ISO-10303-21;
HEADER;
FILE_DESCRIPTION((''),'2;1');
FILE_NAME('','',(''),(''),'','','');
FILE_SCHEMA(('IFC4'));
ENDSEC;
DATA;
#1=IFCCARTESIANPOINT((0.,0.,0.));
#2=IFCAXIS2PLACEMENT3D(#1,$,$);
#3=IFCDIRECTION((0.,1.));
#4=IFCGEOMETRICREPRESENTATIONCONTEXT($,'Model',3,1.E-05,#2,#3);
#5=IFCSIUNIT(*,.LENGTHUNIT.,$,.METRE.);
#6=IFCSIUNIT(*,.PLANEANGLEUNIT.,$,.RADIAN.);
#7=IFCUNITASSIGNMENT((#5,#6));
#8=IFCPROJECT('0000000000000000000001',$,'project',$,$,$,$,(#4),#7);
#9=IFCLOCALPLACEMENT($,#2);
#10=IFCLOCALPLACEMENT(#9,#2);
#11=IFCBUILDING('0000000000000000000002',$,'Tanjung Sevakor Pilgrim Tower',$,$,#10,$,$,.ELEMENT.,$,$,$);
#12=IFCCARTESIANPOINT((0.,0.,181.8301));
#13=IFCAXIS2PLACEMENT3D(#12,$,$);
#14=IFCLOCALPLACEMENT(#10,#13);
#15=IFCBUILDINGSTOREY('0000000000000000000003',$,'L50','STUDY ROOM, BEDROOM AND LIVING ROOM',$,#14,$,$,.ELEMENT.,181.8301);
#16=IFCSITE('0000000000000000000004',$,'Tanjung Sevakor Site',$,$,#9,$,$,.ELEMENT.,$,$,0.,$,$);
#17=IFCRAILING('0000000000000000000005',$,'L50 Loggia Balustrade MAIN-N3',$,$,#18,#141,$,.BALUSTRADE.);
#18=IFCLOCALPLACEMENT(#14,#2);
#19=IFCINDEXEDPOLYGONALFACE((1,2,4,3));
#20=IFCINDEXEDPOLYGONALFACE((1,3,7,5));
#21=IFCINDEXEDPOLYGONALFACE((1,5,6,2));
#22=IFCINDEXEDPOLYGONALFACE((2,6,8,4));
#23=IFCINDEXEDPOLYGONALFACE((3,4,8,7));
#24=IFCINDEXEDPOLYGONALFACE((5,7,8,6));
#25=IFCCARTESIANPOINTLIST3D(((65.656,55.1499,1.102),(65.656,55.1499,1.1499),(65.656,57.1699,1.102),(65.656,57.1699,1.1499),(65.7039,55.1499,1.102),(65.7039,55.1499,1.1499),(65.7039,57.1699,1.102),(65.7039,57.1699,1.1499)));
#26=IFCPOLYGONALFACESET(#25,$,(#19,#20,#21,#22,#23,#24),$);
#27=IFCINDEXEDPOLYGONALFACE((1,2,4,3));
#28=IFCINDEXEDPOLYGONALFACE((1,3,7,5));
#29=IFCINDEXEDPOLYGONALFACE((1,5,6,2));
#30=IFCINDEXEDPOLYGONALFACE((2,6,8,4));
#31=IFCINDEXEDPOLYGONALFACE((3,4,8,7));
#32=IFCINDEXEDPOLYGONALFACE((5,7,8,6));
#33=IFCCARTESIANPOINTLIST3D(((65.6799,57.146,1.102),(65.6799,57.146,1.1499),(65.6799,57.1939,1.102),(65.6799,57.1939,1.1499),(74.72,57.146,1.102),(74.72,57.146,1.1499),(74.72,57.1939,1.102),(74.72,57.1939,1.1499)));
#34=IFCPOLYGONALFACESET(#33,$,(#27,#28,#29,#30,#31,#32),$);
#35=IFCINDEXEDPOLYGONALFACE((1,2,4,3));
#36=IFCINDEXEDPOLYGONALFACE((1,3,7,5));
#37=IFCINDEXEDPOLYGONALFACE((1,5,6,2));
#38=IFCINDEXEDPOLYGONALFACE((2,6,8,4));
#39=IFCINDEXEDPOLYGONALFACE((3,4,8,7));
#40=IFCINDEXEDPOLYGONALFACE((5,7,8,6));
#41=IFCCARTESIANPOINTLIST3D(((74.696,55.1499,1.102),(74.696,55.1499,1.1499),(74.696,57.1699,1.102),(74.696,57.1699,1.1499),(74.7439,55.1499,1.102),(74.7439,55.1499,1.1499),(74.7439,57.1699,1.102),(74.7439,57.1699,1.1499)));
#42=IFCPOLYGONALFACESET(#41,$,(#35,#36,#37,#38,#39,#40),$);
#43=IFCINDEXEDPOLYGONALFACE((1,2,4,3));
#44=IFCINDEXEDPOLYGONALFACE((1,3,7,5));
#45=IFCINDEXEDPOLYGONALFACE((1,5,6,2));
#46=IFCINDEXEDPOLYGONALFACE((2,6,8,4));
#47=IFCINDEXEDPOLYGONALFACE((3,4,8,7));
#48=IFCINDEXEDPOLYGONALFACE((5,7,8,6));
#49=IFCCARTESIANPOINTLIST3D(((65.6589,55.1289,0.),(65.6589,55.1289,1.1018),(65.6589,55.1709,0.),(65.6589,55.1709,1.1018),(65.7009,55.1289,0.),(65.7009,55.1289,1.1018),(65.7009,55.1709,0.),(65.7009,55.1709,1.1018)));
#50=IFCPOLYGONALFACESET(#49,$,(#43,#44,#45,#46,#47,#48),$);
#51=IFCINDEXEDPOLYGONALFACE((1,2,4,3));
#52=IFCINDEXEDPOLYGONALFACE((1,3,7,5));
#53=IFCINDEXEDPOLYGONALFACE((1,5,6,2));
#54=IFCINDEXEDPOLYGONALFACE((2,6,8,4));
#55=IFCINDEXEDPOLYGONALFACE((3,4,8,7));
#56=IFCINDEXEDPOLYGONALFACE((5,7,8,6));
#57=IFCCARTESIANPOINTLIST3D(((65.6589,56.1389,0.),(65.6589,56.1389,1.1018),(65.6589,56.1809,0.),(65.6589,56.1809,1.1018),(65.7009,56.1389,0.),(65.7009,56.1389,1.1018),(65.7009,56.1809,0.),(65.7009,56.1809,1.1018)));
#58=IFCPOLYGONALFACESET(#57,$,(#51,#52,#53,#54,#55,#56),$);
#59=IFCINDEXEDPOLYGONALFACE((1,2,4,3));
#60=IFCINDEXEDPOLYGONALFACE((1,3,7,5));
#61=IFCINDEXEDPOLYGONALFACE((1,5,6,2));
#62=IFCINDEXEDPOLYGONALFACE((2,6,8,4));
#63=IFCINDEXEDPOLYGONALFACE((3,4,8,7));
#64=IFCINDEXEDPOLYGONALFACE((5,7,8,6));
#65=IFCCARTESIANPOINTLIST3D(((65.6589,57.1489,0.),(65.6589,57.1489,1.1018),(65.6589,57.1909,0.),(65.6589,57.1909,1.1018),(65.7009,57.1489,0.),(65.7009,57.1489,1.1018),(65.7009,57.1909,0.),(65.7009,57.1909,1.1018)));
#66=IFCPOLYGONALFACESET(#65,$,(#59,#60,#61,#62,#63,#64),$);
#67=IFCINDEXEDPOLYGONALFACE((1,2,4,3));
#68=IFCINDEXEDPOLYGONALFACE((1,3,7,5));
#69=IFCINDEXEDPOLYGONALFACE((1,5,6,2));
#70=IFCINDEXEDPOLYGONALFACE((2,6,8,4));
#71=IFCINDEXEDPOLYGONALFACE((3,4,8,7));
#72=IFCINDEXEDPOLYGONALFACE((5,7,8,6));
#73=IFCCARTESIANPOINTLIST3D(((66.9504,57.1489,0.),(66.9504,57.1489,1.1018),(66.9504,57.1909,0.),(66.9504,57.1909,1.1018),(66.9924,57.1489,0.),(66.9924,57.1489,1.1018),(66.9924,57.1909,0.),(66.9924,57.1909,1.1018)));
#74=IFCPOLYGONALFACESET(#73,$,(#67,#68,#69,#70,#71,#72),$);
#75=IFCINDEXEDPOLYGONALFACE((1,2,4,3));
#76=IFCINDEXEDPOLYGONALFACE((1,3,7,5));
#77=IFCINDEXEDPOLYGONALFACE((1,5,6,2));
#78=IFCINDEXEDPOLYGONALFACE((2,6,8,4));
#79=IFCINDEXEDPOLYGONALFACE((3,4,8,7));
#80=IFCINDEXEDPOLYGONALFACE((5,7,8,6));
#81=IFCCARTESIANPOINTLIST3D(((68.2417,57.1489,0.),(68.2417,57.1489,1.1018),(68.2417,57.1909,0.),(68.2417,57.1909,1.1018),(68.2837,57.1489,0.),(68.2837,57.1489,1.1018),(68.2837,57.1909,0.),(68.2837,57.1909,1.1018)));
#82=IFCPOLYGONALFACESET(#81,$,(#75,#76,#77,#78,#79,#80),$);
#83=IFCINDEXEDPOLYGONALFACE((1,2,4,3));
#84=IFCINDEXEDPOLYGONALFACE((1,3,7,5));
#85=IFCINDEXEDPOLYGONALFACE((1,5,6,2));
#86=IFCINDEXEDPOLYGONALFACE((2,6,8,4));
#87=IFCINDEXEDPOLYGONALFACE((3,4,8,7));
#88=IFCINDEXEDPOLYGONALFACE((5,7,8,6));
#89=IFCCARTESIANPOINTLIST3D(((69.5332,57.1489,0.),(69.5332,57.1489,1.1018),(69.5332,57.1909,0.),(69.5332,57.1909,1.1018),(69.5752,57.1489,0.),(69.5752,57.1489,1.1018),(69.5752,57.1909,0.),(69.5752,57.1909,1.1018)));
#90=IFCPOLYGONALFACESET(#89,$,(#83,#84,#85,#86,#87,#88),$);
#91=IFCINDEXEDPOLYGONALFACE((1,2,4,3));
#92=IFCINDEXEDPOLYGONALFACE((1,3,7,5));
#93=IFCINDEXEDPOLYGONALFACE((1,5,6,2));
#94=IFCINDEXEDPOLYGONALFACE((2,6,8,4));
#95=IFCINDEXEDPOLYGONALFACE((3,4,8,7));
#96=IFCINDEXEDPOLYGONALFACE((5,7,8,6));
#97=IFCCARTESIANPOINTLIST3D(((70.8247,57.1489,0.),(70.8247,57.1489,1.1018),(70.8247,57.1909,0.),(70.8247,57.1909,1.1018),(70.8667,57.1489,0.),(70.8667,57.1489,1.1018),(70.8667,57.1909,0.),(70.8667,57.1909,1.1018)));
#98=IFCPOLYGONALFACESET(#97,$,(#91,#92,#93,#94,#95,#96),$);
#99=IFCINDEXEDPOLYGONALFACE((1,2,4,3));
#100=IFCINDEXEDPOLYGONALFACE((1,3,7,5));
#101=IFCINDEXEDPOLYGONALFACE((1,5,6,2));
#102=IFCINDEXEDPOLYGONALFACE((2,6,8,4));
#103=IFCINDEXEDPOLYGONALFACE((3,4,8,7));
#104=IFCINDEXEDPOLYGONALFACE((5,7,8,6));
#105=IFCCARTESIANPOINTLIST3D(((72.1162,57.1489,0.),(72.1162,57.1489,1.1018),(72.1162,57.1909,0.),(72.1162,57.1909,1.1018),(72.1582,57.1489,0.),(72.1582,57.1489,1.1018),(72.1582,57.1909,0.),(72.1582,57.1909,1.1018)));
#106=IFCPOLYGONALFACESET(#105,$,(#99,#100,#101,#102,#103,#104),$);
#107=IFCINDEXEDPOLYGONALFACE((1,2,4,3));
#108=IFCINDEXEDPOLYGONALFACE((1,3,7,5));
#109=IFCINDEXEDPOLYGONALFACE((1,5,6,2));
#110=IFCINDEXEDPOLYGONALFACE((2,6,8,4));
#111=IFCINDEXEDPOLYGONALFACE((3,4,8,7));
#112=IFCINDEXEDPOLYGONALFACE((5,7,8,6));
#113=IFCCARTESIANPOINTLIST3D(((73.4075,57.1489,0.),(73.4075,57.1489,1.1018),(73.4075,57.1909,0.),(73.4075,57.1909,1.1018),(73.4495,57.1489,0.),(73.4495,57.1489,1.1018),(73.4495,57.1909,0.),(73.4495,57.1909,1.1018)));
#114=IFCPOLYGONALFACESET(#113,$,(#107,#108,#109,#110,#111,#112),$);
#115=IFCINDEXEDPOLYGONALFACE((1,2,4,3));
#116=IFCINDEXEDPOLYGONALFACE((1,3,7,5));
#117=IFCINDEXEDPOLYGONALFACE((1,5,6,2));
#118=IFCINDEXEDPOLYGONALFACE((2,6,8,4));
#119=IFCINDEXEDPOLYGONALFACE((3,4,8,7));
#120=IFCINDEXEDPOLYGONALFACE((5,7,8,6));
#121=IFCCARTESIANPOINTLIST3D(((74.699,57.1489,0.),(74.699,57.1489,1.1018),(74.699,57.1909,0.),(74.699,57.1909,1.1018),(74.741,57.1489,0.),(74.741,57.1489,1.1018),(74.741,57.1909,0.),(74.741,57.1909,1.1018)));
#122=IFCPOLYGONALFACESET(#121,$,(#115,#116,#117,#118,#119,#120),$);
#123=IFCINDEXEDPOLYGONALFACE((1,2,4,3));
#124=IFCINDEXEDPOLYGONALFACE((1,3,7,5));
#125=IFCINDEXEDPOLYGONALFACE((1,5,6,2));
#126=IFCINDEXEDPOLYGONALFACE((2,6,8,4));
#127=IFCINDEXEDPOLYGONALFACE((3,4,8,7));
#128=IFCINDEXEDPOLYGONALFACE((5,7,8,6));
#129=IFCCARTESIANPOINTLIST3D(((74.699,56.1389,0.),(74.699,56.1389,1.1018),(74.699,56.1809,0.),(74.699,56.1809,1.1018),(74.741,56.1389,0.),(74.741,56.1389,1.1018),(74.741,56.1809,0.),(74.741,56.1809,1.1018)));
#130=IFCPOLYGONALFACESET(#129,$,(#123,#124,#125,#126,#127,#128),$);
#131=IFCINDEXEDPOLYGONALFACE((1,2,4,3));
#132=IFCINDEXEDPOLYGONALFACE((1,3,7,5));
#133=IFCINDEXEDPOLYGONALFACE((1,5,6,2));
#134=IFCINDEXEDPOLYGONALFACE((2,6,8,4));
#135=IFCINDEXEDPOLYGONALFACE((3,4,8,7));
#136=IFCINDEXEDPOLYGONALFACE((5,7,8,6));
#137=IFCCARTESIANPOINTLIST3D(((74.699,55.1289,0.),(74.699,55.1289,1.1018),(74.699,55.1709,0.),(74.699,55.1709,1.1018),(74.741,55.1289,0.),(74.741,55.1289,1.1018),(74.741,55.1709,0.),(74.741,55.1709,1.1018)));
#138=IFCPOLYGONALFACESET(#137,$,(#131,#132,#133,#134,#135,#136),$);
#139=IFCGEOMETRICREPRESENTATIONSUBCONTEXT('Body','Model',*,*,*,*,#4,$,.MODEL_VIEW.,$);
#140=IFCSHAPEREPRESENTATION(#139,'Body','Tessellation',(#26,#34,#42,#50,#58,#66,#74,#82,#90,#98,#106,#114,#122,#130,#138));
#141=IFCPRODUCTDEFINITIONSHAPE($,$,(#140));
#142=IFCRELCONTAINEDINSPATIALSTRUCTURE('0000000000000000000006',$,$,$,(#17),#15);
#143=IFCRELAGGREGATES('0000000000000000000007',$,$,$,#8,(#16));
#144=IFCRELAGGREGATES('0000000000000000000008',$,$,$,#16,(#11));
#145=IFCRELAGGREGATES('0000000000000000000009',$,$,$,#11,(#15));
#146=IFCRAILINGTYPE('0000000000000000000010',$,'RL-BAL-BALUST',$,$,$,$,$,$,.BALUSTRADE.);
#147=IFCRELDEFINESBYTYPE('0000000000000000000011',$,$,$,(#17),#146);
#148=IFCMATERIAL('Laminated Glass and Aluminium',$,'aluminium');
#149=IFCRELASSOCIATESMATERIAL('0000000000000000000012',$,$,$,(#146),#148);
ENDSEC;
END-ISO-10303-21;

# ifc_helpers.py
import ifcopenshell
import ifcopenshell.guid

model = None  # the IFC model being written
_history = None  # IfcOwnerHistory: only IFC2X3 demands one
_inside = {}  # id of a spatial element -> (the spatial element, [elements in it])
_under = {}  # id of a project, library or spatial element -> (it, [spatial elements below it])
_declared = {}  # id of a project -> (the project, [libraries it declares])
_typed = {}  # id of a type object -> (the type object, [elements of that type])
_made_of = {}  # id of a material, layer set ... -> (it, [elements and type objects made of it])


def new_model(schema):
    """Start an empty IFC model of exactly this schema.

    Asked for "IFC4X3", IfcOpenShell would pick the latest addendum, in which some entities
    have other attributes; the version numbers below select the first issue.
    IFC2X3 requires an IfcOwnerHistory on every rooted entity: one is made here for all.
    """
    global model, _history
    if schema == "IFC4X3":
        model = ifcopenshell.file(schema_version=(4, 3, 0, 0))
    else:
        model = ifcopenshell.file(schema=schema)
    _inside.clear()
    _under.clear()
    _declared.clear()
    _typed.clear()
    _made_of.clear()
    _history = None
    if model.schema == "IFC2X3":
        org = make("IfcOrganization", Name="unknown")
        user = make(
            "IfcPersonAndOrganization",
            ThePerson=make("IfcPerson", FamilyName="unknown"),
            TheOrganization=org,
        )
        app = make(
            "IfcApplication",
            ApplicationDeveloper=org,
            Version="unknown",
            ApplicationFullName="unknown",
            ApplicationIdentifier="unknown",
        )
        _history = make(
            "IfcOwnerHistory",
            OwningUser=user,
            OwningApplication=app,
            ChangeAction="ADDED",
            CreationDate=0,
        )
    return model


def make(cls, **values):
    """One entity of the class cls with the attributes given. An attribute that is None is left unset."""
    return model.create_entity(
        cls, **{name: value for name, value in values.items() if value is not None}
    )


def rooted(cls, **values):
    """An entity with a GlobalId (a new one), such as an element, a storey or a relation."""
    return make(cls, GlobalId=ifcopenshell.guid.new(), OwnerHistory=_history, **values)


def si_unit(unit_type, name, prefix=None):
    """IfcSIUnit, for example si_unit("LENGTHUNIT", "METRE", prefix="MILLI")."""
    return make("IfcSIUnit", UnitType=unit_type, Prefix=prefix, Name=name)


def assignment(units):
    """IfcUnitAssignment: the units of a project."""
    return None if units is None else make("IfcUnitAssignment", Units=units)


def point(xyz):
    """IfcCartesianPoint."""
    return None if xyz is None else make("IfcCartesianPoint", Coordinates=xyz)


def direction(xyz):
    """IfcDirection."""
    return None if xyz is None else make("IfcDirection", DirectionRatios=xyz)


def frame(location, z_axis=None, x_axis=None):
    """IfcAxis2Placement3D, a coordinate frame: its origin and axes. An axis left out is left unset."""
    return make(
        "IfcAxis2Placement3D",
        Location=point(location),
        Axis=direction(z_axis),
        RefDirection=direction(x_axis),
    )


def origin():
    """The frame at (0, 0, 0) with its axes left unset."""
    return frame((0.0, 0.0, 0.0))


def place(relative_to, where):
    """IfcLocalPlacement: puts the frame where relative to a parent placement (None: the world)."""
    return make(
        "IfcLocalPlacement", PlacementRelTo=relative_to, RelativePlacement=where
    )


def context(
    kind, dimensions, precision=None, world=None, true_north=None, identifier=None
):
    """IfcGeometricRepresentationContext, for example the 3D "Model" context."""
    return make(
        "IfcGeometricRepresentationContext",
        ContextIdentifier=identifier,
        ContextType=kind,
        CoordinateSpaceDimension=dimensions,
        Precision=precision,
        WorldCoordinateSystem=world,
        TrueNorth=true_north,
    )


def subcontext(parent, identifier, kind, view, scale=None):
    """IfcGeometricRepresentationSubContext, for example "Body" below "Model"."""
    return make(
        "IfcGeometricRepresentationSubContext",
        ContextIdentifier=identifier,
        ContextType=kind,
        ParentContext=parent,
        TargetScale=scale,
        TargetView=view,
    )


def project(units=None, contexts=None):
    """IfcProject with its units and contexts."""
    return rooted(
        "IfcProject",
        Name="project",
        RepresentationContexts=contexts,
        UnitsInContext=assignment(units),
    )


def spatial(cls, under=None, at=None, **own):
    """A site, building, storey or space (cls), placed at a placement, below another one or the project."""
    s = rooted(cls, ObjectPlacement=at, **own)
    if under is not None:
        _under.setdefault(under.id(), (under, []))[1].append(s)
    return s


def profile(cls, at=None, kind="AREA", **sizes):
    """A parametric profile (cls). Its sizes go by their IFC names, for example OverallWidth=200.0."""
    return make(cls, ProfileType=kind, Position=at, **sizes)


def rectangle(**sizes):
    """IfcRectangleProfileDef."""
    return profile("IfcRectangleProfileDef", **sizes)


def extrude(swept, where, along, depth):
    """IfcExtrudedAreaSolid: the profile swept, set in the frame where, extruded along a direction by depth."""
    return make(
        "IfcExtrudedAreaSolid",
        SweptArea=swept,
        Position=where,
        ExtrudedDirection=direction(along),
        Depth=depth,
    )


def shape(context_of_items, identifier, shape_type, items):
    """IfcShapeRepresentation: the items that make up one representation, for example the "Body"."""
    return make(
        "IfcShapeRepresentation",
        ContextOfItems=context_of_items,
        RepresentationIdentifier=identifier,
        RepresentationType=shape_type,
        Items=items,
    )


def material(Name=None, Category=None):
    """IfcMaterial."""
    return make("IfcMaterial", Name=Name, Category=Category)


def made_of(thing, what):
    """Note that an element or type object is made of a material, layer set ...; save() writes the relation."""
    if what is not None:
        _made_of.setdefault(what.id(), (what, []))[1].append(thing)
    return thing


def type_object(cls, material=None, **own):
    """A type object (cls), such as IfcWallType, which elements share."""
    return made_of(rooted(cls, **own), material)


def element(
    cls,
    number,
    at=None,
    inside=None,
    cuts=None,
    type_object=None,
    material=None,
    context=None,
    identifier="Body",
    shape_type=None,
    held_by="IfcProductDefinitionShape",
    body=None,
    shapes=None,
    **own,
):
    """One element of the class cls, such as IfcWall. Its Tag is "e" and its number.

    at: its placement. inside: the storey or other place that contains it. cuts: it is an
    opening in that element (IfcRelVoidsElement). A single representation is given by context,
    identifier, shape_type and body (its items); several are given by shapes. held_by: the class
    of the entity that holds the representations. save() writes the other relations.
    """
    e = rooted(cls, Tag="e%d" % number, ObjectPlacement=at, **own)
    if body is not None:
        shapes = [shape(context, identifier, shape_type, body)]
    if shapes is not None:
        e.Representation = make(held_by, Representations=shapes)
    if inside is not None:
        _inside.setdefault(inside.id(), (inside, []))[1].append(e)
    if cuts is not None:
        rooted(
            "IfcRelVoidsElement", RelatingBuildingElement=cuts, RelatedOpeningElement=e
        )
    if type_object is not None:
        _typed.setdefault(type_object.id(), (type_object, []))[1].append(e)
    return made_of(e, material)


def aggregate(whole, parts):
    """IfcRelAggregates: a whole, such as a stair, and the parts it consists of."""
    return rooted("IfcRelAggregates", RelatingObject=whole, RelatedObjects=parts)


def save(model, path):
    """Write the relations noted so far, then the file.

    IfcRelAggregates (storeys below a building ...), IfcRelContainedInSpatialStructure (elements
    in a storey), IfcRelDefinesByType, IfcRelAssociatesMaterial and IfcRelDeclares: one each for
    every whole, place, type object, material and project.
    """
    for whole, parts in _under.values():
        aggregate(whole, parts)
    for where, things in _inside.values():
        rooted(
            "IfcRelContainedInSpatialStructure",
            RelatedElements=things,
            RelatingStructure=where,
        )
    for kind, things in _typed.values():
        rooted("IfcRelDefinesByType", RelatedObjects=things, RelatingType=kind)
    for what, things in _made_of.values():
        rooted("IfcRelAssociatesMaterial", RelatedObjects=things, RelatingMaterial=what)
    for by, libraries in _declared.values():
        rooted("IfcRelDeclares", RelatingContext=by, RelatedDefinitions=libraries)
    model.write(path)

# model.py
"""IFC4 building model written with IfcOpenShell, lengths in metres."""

from ifc_helpers import new_model, si_unit, direction, frame, origin, place, context, subcontext, project, spatial, rectangle, extrude, material, type_object, element, save


model = new_model("IFC4")

# Units and contexts
model_context = context("Model", 3, precision=1e-05, world=origin(), true_north=direction((0.0, 1.0)))
body_context = subcontext(model_context, "Body", "Model", "MODEL_VIEW")
ifc_project = project(units=[si_unit("LENGTHUNIT", "METRE"), si_unit("PLANEANGLEUNIT", "RADIAN")], contexts=[model_context])

# Site, building, storey
site_placement = place(None, origin())
site = spatial("IfcSite", under=ifc_project, at=site_placement, Name="Tanjung Sevakor Site", CompositionType="ELEMENT", RefElevation=0.0)
building_placement = place(site_placement, origin())
building = spatial("IfcBuilding", under=site, at=building_placement, Name="Tanjung Sevakor Pilgrim Tower", CompositionType="ELEMENT")
storey_placement = place(building_placement, frame((0.0, 0.0, 181.8301)))
storey = spatial("IfcBuildingStorey", under=building, at=storey_placement, Name="L50", Description="STUDY ROOM, BEDROOM AND LIVING ROOM", CompositionType="ELEMENT", Elevation=181.8301)

# Railing
ifc_material_1 = material(Name="Laminated Glass and Aluminium", Category="aluminium")
railing_type = type_object("IfcRailingType", Name="RL-BAL-BALUST", PredefinedType="BALUSTRADE", material=ifc_material_1)
railing_1_placement = place(storey_placement, frame((65.6799, 55.1499, 0.0)))
element("IfcRailing", 1, at=railing_1_placement, inside=storey, type_object=railing_type, Name="L50 Loggia Balustrade MAIN-N3", PredefinedType="BALUSTRADE", context=body_context, shape_type="SweptSolid", body=[
    extrude(rectangle(XDim=0.0479, YDim=0.0479), frame((0.0, 0.0, 1.126), z_axis=(0.0, 1.0, 0.0), x_axis=(-1.0, 0.0, 0.0)), (0.0, 0.0, 1.0), 2.02),
    extrude(rectangle(XDim=0.0479, YDim=0.0479), frame((0.0, 2.02, 1.126), z_axis=(1.0, 0.0, 0.0), x_axis=(0.0, 1.0, 0.0)), (0.0, 0.0, 1.0), 9.04),
    extrude(rectangle(XDim=0.0479, YDim=0.0479), frame((9.04, 2.02, 1.126), z_axis=(0.0, -1.0, 0.0), x_axis=(1.0, 0.0, 0.0)), (0.0, 0.0, 1.0), 2.02),
    extrude(rectangle(XDim=0.042, YDim=0.042), origin(), (0.0, 0.0, 1.0), 1.1018),
    extrude(rectangle(XDim=0.042, YDim=0.042), frame((0.0, 1.01, 0.0)), (0.0, 0.0, 1.0), 1.1018),
    extrude(rectangle(XDim=0.042, YDim=0.042), frame((0.0, 2.02, 0.0)), (0.0, 0.0, 1.0), 1.1018),
    extrude(rectangle(XDim=0.042, YDim=0.042), frame((1.2915, 2.02, 0.0)), (0.0, 0.0, 1.0), 1.1018),
    extrude(rectangle(XDim=0.042, YDim=0.042), frame((2.5828, 2.02, 0.0)), (0.0, 0.0, 1.0), 1.1018),
    extrude(rectangle(XDim=0.042, YDim=0.042), frame((3.8743, 2.02, 0.0)), (0.0, 0.0, 1.0), 1.1018),
    extrude(rectangle(XDim=0.042, YDim=0.042), frame((5.1658, 2.02, 0.0)), (0.0, 0.0, 1.0), 1.1018),
    extrude(rectangle(XDim=0.042, YDim=0.042), frame((6.4573, 2.02, 0.0)), (0.0, 0.0, 1.0), 1.1018),
    extrude(rectangle(XDim=0.042, YDim=0.042), frame((7.7485, 2.02, 0.0)), (0.0, 0.0, 1.0), 1.1018),
    extrude(rectangle(XDim=0.042, YDim=0.042), frame((9.04, 2.02, 0.0)), (0.0, 0.0, 1.0), 1.1018),
    extrude(rectangle(XDim=0.042, YDim=0.042), frame((9.04, 1.01, 0.0)), (0.0, 0.0, 1.0), 1.1018),
    extrude(rectangle(XDim=0.042, YDim=0.042), frame((9.04, 0.0, 0.0)), (0.0, 0.0, 1.0), 1.1018),
])

save(model, "model.ifc")
